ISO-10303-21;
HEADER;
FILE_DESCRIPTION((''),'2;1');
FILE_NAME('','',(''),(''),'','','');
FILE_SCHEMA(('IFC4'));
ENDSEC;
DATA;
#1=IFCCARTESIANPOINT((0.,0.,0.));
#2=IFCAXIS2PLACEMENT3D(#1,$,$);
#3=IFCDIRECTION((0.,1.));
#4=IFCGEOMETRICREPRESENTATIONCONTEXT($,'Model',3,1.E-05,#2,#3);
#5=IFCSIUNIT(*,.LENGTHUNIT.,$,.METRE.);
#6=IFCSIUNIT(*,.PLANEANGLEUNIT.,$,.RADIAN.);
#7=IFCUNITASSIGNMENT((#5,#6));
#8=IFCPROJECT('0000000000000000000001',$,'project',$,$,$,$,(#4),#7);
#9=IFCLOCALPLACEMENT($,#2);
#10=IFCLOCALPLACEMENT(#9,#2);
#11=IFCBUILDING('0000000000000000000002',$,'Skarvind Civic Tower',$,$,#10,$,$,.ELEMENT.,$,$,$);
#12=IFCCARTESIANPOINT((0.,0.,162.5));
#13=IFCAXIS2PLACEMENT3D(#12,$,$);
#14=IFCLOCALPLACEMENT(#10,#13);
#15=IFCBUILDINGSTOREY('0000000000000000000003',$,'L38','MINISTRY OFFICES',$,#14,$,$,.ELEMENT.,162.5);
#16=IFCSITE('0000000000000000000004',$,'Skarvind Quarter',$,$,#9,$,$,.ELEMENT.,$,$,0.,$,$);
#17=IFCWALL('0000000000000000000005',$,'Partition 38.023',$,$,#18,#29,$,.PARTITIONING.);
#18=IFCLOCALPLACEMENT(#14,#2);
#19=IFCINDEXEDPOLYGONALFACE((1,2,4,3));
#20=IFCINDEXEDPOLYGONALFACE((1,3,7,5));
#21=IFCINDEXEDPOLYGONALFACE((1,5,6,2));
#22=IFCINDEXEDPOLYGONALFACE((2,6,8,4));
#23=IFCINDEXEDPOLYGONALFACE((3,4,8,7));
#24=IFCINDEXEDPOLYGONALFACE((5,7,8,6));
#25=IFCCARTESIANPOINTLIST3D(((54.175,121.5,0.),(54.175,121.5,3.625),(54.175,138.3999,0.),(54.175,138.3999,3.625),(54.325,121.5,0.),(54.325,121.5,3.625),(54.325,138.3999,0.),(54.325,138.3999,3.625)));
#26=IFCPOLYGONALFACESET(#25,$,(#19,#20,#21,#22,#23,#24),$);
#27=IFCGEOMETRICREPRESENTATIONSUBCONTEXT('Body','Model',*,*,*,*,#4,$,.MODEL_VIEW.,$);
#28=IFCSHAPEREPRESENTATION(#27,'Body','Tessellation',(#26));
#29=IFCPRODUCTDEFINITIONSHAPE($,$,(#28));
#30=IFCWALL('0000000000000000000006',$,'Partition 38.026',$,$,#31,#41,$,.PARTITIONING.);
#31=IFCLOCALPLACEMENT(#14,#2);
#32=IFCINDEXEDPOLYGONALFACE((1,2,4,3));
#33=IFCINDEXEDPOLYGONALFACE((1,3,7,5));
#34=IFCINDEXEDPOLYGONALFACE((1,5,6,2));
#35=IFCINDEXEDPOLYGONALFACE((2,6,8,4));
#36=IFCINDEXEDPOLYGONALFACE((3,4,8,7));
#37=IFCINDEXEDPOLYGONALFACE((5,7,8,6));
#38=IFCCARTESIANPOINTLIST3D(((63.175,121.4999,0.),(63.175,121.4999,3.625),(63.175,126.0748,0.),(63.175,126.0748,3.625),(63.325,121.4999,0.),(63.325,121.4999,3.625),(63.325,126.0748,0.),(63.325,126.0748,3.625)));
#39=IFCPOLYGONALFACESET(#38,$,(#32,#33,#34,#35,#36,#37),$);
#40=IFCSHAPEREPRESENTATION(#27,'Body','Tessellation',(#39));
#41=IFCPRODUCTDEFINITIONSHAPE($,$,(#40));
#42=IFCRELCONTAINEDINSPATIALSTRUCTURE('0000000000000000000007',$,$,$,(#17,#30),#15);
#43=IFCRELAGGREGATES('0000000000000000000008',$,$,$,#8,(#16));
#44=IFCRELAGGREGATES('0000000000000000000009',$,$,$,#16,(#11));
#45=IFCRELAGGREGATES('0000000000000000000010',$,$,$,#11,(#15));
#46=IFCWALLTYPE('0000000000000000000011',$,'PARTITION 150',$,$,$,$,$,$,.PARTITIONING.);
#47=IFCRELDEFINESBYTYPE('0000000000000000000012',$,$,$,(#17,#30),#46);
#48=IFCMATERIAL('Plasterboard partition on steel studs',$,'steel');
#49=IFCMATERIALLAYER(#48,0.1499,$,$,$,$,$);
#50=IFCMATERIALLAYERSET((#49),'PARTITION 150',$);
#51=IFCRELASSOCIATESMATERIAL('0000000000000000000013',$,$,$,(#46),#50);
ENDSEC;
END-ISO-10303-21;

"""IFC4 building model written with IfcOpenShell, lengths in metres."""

from ifc_helpers import new_model, si_unit, direction, frame, frame_2d, origin, place, context, subcontext, project, spatial, rectangle, extrude, material, layer, layer_set, type_object, element, save


model = new_model("IFC4")

# Units and contexts
model_context = context("Model", 3, precision=1e-05, world=origin(), true_north=direction((0.0, 1.0)))
body_context = subcontext(model_context, "Body", "Model", "MODEL_VIEW")
ifc_project = project(units=[si_unit("LENGTHUNIT", "METRE"), si_unit("PLANEANGLEUNIT", "RADIAN")], contexts=[model_context])

# Site, building, storey
site_placement = place(None, origin())
site = spatial("IfcSite", under=ifc_project, at=site_placement, Name="Skarvind Quarter", CompositionType="ELEMENT", RefElevation=0.0)
building_placement = place(site_placement, origin())
building = spatial("IfcBuilding", under=site, at=building_placement, Name="Skarvind Civic Tower", CompositionType="ELEMENT")
storey_placement = place(building_placement, frame((0.0, 0.0, 162.5)))
storey = spatial("IfcBuildingStorey", under=building, at=storey_placement, Name="L38", Description="MINISTRY OFFICES", CompositionType="ELEMENT", Elevation=162.5)

# Walls
ifc_material_1 = material(Name="Plasterboard partition on steel studs", Category="steel")
ifc_layer_1 = layer(ifc_material_1, 0.1499)
ifc_layer_set_1 = layer_set([ifc_layer_1], Name="PARTITION 150")
wall_type_1 = type_object("IfcWallType", Name="PARTITION 150", PredefinedType="PARTITIONING", material=ifc_layer_set_1)
wall_1_placement = place(storey_placement, frame((54.25, 121.5, 0.0), z_axis=(0.0, 0.0, 1.0), x_axis=(0.0, 1.0, 0.0)))
element("IfcWall", 1, at=wall_1_placement, inside=storey, type_object=wall_type_1, Name="Partition 38.023", PredefinedType="PARTITIONING", context=body_context, shape_type="SweptSolid", body=[
    extrude(rectangle(XDim=16.8999, YDim=0.1499, at=frame_2d((8.45, 0.0))), origin(), (0.0, 0.0, 1.0), 3.625),
])
wall_2_placement = place(storey_placement, frame((63.25, 126.075, 0.0), z_axis=(0.0, 0.0, 1.0), x_axis=(0.0, -1.0, 0.0)))
element("IfcWall", 2, at=wall_2_placement, inside=storey, type_object=wall_type_1, Name="Partition 38.026", PredefinedType="PARTITIONING", context=body_context, shape_type="SweptSolid", body=[
    extrude(rectangle(XDim=4.575, YDim=0.1499, at=frame_2d((2.2876, 0.0))), origin(), (0.0, 0.0, 1.0), 3.625),
])

save(model, "model.ifc")
